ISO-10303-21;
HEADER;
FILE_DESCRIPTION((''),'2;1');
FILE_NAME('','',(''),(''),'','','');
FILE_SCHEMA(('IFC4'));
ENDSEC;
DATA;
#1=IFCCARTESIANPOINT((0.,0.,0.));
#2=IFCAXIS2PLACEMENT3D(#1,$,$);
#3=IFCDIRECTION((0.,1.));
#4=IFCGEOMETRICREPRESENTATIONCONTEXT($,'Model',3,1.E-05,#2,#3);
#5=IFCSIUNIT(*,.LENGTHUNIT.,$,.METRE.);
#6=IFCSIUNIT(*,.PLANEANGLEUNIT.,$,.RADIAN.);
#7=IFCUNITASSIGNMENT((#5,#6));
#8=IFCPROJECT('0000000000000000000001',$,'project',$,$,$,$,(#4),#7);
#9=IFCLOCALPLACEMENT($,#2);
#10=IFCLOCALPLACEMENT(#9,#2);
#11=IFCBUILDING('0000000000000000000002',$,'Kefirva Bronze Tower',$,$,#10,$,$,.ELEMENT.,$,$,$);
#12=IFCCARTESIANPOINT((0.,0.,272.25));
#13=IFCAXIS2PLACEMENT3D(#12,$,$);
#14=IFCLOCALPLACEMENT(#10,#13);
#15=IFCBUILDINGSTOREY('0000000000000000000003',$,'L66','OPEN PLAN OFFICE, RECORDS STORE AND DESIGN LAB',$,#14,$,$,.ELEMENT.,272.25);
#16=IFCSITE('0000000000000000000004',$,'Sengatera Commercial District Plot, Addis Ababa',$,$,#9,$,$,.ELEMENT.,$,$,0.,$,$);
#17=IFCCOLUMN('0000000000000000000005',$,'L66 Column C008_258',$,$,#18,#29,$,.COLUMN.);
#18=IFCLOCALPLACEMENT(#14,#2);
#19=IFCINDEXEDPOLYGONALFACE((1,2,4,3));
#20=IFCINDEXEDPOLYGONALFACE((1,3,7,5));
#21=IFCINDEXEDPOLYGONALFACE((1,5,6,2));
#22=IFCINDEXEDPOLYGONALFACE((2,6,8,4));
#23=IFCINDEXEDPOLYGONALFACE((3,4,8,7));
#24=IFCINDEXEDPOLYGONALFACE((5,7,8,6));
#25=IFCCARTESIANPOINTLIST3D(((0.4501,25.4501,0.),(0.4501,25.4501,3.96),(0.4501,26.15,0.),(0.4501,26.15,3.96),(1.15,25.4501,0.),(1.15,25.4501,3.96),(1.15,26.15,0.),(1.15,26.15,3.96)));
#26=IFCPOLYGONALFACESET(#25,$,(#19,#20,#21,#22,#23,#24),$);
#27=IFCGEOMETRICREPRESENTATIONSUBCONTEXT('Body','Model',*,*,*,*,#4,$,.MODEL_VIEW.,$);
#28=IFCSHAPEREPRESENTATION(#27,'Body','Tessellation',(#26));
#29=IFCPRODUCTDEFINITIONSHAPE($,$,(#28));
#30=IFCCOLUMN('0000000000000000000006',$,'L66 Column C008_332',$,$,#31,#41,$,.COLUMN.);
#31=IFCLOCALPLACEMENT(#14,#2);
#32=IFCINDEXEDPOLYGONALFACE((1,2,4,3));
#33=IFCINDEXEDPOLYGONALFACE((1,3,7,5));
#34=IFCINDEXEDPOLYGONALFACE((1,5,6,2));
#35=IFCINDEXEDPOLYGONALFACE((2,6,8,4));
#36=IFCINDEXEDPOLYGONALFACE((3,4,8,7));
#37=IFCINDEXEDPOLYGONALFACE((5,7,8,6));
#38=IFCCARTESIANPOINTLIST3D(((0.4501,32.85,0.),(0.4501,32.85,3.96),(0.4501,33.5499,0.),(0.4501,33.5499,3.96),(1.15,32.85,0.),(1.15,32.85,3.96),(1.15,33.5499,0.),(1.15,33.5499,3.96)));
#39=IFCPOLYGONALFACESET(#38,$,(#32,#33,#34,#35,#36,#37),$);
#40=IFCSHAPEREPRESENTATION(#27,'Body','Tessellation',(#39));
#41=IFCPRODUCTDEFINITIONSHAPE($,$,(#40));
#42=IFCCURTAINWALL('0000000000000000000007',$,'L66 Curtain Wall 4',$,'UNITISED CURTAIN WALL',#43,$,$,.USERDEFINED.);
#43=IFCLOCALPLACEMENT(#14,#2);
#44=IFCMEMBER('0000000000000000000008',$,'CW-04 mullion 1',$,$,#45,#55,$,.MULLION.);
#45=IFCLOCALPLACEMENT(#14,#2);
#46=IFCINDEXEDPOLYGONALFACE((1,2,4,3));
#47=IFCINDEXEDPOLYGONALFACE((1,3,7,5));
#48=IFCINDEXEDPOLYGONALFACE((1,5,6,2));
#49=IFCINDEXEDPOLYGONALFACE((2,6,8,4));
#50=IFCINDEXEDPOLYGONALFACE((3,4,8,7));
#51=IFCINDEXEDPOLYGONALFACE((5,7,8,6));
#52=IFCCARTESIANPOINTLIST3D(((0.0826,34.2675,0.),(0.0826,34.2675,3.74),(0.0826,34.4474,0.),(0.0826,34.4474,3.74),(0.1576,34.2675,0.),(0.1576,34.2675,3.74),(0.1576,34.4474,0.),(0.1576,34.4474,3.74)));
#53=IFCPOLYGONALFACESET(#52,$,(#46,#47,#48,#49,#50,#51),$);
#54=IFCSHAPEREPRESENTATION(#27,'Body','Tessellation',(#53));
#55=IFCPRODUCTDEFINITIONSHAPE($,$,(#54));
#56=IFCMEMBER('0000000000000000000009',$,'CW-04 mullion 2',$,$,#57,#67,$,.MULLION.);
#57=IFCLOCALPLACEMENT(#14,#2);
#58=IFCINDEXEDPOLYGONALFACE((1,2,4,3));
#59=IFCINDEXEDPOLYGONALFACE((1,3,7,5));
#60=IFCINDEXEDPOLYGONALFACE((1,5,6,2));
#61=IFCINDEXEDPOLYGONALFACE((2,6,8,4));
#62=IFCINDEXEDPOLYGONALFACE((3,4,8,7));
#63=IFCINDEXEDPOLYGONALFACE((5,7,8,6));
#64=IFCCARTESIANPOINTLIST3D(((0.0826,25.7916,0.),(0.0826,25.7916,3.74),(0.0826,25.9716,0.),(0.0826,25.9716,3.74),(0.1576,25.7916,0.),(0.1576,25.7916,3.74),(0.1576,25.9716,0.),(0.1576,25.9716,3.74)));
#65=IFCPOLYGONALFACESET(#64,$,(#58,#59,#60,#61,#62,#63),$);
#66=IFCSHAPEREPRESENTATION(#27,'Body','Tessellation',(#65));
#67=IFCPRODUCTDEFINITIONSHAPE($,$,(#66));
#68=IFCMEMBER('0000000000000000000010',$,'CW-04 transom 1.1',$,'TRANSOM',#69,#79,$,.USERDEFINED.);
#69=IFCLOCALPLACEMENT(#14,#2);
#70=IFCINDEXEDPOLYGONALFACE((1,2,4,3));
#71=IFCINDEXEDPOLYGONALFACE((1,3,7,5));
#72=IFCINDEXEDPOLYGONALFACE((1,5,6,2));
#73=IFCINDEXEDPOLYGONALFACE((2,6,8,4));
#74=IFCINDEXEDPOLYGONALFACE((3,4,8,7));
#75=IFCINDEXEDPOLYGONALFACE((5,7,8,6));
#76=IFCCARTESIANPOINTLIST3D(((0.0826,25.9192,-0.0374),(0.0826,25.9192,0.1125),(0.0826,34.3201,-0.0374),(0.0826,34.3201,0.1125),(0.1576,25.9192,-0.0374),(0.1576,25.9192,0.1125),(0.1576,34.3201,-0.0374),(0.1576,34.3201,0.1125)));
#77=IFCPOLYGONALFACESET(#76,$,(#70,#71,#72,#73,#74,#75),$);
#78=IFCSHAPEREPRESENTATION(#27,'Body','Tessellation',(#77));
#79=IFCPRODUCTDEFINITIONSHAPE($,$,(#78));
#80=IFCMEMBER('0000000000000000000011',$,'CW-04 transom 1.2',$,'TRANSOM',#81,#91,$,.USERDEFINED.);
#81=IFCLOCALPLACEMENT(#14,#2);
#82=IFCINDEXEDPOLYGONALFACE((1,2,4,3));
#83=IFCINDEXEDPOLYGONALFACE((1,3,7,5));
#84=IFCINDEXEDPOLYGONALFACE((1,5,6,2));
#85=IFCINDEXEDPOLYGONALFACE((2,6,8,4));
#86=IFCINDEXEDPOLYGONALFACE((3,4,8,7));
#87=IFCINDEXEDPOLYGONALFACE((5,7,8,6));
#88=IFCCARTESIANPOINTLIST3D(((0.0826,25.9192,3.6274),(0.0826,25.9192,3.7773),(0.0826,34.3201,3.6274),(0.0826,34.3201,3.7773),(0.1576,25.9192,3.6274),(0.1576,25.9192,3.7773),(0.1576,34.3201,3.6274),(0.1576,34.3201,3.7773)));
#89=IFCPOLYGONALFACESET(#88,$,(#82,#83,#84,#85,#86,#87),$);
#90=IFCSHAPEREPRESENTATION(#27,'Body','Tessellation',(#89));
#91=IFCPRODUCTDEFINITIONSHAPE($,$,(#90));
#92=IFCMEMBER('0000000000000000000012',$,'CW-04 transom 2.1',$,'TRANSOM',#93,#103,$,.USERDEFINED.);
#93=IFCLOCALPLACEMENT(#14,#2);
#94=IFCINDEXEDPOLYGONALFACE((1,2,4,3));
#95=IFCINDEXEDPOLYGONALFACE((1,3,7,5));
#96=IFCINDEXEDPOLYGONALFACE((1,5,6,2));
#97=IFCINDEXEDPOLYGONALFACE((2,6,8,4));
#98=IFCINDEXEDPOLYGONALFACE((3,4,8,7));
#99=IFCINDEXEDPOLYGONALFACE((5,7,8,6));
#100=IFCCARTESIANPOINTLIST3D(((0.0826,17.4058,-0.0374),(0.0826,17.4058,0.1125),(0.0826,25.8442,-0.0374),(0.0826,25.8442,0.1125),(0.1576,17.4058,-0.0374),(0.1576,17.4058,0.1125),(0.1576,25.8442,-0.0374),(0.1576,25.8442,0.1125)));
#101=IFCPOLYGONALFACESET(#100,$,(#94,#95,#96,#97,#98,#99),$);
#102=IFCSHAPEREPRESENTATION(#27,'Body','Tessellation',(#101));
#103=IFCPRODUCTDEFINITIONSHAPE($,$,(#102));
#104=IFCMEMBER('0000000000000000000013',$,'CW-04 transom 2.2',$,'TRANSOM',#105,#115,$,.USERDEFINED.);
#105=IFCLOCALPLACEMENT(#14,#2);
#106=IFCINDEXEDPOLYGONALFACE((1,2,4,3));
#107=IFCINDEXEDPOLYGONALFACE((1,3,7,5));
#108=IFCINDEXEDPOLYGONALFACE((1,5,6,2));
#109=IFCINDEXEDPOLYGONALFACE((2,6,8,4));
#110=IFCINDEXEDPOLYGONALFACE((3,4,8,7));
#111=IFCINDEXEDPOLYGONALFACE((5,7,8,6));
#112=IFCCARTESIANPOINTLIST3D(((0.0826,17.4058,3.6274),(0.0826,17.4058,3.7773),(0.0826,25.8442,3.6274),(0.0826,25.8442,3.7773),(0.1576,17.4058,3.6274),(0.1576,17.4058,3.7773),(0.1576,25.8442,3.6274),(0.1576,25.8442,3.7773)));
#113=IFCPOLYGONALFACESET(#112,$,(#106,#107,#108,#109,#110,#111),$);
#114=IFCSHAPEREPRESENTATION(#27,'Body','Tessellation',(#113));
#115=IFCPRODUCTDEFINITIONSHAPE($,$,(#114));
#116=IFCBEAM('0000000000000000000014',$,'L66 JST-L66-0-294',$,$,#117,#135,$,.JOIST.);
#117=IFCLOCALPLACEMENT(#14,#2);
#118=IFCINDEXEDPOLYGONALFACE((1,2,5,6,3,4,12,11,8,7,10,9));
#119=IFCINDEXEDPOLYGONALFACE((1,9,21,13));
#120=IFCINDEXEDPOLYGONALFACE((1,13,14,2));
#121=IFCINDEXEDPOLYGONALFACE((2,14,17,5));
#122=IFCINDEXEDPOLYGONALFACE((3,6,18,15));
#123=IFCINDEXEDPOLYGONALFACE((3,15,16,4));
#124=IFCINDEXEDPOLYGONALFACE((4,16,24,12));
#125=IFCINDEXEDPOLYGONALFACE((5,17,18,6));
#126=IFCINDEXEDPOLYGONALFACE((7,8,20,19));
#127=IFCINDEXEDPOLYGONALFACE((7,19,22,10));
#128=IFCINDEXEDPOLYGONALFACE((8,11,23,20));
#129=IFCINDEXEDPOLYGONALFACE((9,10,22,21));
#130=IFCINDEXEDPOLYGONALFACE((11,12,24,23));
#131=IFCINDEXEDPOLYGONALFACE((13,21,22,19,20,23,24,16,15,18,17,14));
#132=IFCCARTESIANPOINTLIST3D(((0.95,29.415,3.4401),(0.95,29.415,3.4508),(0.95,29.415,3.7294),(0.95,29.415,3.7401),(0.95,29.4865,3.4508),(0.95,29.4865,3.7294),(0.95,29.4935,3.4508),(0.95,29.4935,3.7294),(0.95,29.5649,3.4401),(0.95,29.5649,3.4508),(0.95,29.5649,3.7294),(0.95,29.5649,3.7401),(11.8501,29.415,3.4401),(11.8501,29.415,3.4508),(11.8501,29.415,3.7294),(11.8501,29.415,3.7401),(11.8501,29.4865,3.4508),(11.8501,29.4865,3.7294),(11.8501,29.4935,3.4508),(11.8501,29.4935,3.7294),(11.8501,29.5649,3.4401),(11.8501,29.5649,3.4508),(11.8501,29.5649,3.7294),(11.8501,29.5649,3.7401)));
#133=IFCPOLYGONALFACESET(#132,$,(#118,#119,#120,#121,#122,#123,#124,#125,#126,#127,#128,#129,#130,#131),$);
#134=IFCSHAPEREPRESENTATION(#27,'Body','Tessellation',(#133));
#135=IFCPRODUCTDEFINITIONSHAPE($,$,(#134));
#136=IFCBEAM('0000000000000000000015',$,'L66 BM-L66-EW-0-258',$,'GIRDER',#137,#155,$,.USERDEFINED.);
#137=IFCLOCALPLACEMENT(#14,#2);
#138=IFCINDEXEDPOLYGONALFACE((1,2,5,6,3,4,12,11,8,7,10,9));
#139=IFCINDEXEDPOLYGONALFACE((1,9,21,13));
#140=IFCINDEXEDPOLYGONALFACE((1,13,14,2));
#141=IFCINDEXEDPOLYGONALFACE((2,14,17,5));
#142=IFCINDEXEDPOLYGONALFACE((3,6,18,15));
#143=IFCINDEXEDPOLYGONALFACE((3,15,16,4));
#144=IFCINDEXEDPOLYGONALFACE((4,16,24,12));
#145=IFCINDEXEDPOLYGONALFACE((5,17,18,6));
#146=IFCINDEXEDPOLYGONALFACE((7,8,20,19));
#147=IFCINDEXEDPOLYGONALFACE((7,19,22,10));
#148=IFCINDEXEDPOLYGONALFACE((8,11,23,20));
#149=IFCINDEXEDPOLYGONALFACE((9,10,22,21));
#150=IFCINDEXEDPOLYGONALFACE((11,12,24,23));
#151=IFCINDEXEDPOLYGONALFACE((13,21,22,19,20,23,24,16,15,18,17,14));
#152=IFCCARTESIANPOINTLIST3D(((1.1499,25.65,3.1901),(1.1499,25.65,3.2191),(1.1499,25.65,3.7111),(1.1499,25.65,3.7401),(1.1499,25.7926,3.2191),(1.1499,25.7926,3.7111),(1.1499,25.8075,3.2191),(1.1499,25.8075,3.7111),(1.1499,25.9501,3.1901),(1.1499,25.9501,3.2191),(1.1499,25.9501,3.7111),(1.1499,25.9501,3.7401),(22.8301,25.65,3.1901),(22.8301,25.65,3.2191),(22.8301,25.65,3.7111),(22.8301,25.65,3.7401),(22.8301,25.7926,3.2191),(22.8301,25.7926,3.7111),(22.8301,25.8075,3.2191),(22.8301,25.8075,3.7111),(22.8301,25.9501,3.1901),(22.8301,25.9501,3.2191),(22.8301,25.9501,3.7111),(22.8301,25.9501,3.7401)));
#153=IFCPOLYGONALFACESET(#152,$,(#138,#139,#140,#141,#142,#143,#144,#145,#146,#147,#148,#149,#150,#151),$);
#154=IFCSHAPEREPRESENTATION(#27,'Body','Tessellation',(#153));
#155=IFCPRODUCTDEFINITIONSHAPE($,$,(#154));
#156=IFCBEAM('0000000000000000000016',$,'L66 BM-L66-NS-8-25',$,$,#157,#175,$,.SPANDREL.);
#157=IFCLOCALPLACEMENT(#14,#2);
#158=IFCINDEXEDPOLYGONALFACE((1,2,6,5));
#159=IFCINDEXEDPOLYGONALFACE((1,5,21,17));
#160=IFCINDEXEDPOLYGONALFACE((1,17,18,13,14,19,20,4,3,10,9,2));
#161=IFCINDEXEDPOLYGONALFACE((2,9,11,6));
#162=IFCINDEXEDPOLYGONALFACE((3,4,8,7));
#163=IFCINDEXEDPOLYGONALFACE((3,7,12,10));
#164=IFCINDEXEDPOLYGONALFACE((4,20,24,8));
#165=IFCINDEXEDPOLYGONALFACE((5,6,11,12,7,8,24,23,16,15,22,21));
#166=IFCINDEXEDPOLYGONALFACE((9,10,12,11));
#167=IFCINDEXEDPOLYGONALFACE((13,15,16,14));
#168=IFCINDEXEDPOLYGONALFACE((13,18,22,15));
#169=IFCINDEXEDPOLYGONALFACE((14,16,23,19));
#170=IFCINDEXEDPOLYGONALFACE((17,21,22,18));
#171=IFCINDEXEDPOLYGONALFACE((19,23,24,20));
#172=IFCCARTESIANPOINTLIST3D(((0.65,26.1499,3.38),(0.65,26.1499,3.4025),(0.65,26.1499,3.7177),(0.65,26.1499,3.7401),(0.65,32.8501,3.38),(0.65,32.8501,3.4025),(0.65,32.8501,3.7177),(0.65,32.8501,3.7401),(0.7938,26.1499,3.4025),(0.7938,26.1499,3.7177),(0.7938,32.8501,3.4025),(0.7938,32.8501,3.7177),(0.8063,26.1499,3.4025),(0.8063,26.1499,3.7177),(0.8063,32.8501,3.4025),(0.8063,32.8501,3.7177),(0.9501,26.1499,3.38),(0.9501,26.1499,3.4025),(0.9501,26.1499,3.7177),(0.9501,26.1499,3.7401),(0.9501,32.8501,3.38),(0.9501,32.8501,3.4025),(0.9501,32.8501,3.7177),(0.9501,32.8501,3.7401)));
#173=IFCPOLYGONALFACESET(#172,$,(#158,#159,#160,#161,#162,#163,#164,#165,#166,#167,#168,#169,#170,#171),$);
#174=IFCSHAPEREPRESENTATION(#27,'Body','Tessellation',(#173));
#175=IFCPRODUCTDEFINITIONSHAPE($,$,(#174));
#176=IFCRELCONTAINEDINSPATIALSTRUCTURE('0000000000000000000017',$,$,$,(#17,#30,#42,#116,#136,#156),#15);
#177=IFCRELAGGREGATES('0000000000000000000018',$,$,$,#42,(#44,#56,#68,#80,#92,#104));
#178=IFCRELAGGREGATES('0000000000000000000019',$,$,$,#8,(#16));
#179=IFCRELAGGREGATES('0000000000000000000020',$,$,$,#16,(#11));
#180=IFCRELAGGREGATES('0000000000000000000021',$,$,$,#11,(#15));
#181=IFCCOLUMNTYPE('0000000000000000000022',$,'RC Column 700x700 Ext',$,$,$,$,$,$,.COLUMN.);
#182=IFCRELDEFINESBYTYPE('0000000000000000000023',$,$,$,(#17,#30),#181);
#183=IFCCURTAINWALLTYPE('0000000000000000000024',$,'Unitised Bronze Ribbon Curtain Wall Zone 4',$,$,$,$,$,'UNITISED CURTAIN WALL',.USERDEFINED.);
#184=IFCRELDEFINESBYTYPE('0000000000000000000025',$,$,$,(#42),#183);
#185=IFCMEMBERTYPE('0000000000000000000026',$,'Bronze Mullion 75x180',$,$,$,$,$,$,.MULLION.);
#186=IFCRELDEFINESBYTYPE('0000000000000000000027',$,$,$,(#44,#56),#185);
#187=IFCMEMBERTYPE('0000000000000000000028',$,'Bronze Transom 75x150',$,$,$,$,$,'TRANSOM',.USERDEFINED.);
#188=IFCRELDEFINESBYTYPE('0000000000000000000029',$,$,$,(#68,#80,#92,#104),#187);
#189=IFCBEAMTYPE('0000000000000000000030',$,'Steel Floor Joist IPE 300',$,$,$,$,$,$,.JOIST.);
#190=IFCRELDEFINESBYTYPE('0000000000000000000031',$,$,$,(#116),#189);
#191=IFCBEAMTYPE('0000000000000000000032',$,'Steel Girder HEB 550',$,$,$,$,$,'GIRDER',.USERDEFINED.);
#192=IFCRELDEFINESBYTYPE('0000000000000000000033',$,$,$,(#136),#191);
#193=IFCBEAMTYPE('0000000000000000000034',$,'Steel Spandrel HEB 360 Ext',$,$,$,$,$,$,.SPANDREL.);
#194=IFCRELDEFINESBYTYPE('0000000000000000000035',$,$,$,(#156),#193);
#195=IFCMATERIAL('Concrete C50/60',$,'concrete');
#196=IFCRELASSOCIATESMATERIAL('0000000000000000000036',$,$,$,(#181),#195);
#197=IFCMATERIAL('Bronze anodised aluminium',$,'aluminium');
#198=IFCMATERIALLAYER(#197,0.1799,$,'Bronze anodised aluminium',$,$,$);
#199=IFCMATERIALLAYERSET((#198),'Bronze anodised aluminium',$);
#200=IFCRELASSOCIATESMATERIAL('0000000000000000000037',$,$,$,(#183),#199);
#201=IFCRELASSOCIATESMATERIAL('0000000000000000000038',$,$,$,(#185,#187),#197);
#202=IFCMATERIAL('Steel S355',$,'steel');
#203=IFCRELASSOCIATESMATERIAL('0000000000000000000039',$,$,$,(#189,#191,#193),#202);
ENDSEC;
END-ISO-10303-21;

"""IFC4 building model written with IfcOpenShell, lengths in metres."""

from ifc_helpers import new_model, si_unit, direction, frame, origin, origin_2d, place, context, subcontext, project, spatial, rectangle, i_section, extrude, material, layer, layer_set, material_profile, profile_set, type_object, element, aggregate, save


model = new_model("IFC4")

# Units and contexts
model_context = context("Model", 3, precision=1e-05, world=origin(), true_north=direction((0.0, 1.0)))
body_context = subcontext(model_context, "Body", "Model", "MODEL_VIEW")
ifc_project = project(units=[si_unit("LENGTHUNIT", "METRE"), si_unit("PLANEANGLEUNIT", "RADIAN")], contexts=[model_context])

# Site, building, storey
site_placement = place(None, origin())
site = spatial("IfcSite", under=ifc_project, at=site_placement, Name="Sengatera Commercial District Plot, Addis Ababa", CompositionType="ELEMENT", RefElevation=0.0)
building_placement = place(site_placement, origin())
building = spatial("IfcBuilding", under=site, at=building_placement, Name="Kefirva Bronze Tower", CompositionType="ELEMENT")
storey_placement = place(building_placement, frame((0.0, 0.0, 272.25)))
storey = spatial("IfcBuildingStorey", under=building, at=storey_placement, Name="L66", Description="OPEN PLAN OFFICE, RECORDS STORE AND DESIGN LAB", CompositionType="ELEMENT", Elevation=272.25)

# Columns
ifc_material_1 = material(Name="Concrete C50/60", Category="concrete")
ifc_material_profile_1 = material_profile(ifc_material_1, rectangle(XDim=0.7, YDim=0.7, at=origin_2d()), Name="RC 700x700")
ifc_profile_set_1 = profile_set([ifc_material_profile_1], Name="Concrete C50/60")
column_type = type_object("IfcColumnType", Name="RC Column 700x700 Ext", PredefinedType="COLUMN", material=ifc_profile_set_1)
for number, where, z_axis, x_axis, name in (
    (1, (0.8, 25.8, 0.0), (0.0, 0.0, 1.0), (1.0, 0.0, 0.0), "L66 Column C008_258"),
    (2, (0.8, 33.2, 0.0), (0.0, 0.0, 1.0), (1.0, 0.0, 0.0), "L66 Column C008_332"),
):
    element("IfcColumn", number, at=place(storey_placement, frame(where, z_axis=z_axis, x_axis=x_axis)), inside=storey, type_object=column_type, Name=name, PredefinedType="COLUMN", context=body_context, shape_type="SweptSolid", body=[
        extrude(rectangle(XDim=0.7, YDim=0.7, at=origin_2d()), origin(), (0.0, 0.0, 1.0), 3.96),
    ])

# Curtain wall, members
ifc_material_2 = material(Name="Bronze anodised aluminium", Category="aluminium")
ifc_layer_1 = layer(ifc_material_2, 0.1799, Name="Bronze anodised aluminium")
ifc_layer_set_1 = layer_set([ifc_layer_1], Name="Bronze anodised aluminium")
curtain_wall_type = type_object("IfcCurtainWallType", Name="Unitised Bronze Ribbon Curtain Wall Zone 4", ElementType="UNITISED CURTAIN WALL", PredefinedType="USERDEFINED", material=ifc_layer_set_1)
curtain_wall_placement = place(storey_placement, origin())
curtain_wall = element("IfcCurtainWall", 3, at=curtain_wall_placement, inside=storey, type_object=curtain_wall_type, Name="L66 Curtain Wall 4", ObjectType="UNITISED CURTAIN WALL", PredefinedType="USERDEFINED")
ifc_material_profile_2 = material_profile(ifc_material_2, rectangle(XDim=0.075, YDim=0.1799, at=origin_2d()), Name="ALU 75x180")
ifc_profile_set_2 = profile_set([ifc_material_profile_2], Name="Bronze anodised aluminium")
member_type_1 = type_object("IfcMemberType", Name="Bronze Mullion 75x180", PredefinedType="MULLION", material=ifc_profile_set_2)
member_1_placement = place(storey_placement, frame((0.1201, 34.3574, 0.0), z_axis=(0.0, 0.0, 1.0), x_axis=(1.0, 0.0, 0.0)))
member_1 = element("IfcMember", 4, at=member_1_placement, type_object=member_type_1, Name="CW-04 mullion 1", PredefinedType="MULLION", context=body_context, shape_type="SweptSolid", body=[
    extrude(rectangle(XDim=0.075, YDim=0.1799, at=origin_2d()), origin(), (0.0, 0.0, 1.0), 3.74),
])
member_2_placement = place(storey_placement, frame((0.1201, 25.8816, 0.0), z_axis=(0.0, 0.0, 1.0), x_axis=(1.0, 0.0, 0.0)))
member_2 = element("IfcMember", 5, at=member_2_placement, type_object=member_type_1, Name="CW-04 mullion 2", PredefinedType="MULLION", context=body_context, shape_type="SweptSolid", body=[
    extrude(rectangle(XDim=0.075, YDim=0.1799, at=origin_2d()), origin(), (0.0, 0.0, 1.0), 3.74),
])
ifc_material_profile_3 = material_profile(ifc_material_2, rectangle(XDim=0.075, YDim=0.1499, at=origin_2d()), Name="ALU 75x150")
ifc_profile_set_3 = profile_set([ifc_material_profile_3], Name="Bronze anodised aluminium")
member_type_2 = type_object("IfcMemberType", Name="Bronze Transom 75x150", ElementType="TRANSOM", PredefinedType="USERDEFINED", material=ifc_profile_set_3)
member_3_placement = place(storey_placement, frame((0.1201, 34.3201, 0.0376), z_axis=(0.0, -1.0, 0.0), x_axis=(1.0, 0.0, 0.0)))
member_3 = element("IfcMember", 6, at=member_3_placement, type_object=member_type_2, Name="CW-04 transom 1.1", ObjectType="TRANSOM", PredefinedType="USERDEFINED", context=body_context, shape_type="SweptSolid", body=[
    extrude(rectangle(XDim=0.075, YDim=0.1499, at=origin_2d()), origin(), (0.0, 0.0, 1.0), 8.4009),
])
member_4_placement = place(storey_placement, frame((0.1201, 34.3201, 3.7024), z_axis=(0.0, -1.0, 0.0), x_axis=(1.0, 0.0, 0.0)))
member_4 = element("IfcMember", 7, at=member_4_placement, type_object=member_type_2, Name="CW-04 transom 1.2", ObjectType="TRANSOM", PredefinedType="USERDEFINED", context=body_context, shape_type="SweptSolid", body=[
    extrude(rectangle(XDim=0.075, YDim=0.1499, at=origin_2d()), origin(), (0.0, 0.0, 1.0), 8.4009),
])
member_5_placement = place(storey_placement, frame((0.1201, 25.8442, 0.0376), z_axis=(0.0, -1.0, 0.0), x_axis=(1.0, 0.0, 0.0)))
member_5 = element("IfcMember", 8, at=member_5_placement, type_object=member_type_2, Name="CW-04 transom 2.1", ObjectType="TRANSOM", PredefinedType="USERDEFINED", context=body_context, shape_type="SweptSolid", body=[
    extrude(rectangle(XDim=0.075, YDim=0.1499, at=origin_2d()), origin(), (0.0, 0.0, 1.0), 8.4385),
])
member_6_placement = place(storey_placement, frame((0.1201, 25.8442, 3.7024), z_axis=(0.0, -1.0, 0.0), x_axis=(1.0, 0.0, 0.0)))
member_6 = element("IfcMember", 9, at=member_6_placement, type_object=member_type_2, Name="CW-04 transom 2.2", ObjectType="TRANSOM", PredefinedType="USERDEFINED", context=body_context, shape_type="SweptSolid", body=[
    extrude(rectangle(XDim=0.075, YDim=0.1499, at=origin_2d()), origin(), (0.0, 0.0, 1.0), 8.4385),
])

# Beams
ifc_material_3 = material(Name="Steel S355", Category="steel")
ifc_material_profile_4 = material_profile(ifc_material_3, i_section(OverallWidth=0.1499, OverallDepth=0.3, WebThickness=0.0071, FlangeThickness=0.0107, at=origin_2d()), Name="IPE 300")
ifc_profile_set_4 = profile_set([ifc_material_profile_4], Name="Steel S355")
beam_type_1 = type_object("IfcBeamType", Name="Steel Floor Joist IPE 300", PredefinedType="JOIST", material=ifc_profile_set_4)
beam_1_placement = place(storey_placement, frame((0.95, 29.49, 3.5901), z_axis=(1.0, 0.0, 0.0), x_axis=(0.0, 1.0, 0.0)))
element("IfcBeam", 10, at=beam_1_placement, inside=storey, type_object=beam_type_1, Name="L66 JST-L66-0-294", PredefinedType="JOIST", context=body_context, shape_type="SweptSolid", body=[
    extrude(i_section(OverallWidth=0.1499, OverallDepth=0.3, WebThickness=0.0071, FlangeThickness=0.0107, at=origin_2d()), origin(), (0.0, 0.0, 1.0), 10.9001),
])
ifc_material_profile_5 = material_profile(ifc_material_3, i_section(OverallWidth=0.3, OverallDepth=0.55, WebThickness=0.0149, FlangeThickness=0.0291, at=origin_2d()), Name="HEB 550")
ifc_profile_set_5 = profile_set([ifc_material_profile_5], Name="Steel S355")
beam_type_2 = type_object("IfcBeamType", Name="Steel Girder HEB 550", ElementType="GIRDER", PredefinedType="USERDEFINED", material=ifc_profile_set_5)
beam_2_placement = place(storey_placement, frame((1.1499, 25.8, 3.4651), z_axis=(1.0, 0.0, 0.0), x_axis=(0.0, 1.0, 0.0)))
element("IfcBeam", 11, at=beam_2_placement, inside=storey, type_object=beam_type_2, Name="L66 BM-L66-EW-0-258", ObjectType="GIRDER", PredefinedType="USERDEFINED", context=body_context, shape_type="SweptSolid", body=[
    extrude(i_section(OverallWidth=0.3, OverallDepth=0.55, WebThickness=0.0149, FlangeThickness=0.0291, at=origin_2d()), origin(), (0.0, 0.0, 1.0), 21.6802),
])
ifc_material_profile_6 = material_profile(ifc_material_3, i_section(OverallWidth=0.3, OverallDepth=0.3601, WebThickness=0.0125, FlangeThickness=0.0225, at=origin_2d()), Name="HEB 360")
ifc_profile_set_6 = profile_set([ifc_material_profile_6], Name="Steel S355")
beam_type_3 = type_object("IfcBeamType", Name="Steel Spandrel HEB 360 Ext", PredefinedType="SPANDREL", material=ifc_profile_set_6)
beam_3_placement = place(storey_placement, frame((0.8, 26.1499, 3.5601), z_axis=(0.0, 1.0, 0.0), x_axis=(-1.0, 0.0, 0.0)))
element("IfcBeam", 12, at=beam_3_placement, inside=storey, type_object=beam_type_3, Name="L66 BM-L66-NS-8-25", PredefinedType="SPANDREL", context=body_context, shape_type="SweptSolid", body=[
    extrude(i_section(OverallWidth=0.3, OverallDepth=0.3601, WebThickness=0.0125, FlangeThickness=0.0225, at=origin_2d()), origin(), (0.0, 0.0, 1.0), 6.7002),
])

aggregate(curtain_wall, [member_1, member_2, member_3, member_4, member_5, member_6])

save(model, "model.ifc")
